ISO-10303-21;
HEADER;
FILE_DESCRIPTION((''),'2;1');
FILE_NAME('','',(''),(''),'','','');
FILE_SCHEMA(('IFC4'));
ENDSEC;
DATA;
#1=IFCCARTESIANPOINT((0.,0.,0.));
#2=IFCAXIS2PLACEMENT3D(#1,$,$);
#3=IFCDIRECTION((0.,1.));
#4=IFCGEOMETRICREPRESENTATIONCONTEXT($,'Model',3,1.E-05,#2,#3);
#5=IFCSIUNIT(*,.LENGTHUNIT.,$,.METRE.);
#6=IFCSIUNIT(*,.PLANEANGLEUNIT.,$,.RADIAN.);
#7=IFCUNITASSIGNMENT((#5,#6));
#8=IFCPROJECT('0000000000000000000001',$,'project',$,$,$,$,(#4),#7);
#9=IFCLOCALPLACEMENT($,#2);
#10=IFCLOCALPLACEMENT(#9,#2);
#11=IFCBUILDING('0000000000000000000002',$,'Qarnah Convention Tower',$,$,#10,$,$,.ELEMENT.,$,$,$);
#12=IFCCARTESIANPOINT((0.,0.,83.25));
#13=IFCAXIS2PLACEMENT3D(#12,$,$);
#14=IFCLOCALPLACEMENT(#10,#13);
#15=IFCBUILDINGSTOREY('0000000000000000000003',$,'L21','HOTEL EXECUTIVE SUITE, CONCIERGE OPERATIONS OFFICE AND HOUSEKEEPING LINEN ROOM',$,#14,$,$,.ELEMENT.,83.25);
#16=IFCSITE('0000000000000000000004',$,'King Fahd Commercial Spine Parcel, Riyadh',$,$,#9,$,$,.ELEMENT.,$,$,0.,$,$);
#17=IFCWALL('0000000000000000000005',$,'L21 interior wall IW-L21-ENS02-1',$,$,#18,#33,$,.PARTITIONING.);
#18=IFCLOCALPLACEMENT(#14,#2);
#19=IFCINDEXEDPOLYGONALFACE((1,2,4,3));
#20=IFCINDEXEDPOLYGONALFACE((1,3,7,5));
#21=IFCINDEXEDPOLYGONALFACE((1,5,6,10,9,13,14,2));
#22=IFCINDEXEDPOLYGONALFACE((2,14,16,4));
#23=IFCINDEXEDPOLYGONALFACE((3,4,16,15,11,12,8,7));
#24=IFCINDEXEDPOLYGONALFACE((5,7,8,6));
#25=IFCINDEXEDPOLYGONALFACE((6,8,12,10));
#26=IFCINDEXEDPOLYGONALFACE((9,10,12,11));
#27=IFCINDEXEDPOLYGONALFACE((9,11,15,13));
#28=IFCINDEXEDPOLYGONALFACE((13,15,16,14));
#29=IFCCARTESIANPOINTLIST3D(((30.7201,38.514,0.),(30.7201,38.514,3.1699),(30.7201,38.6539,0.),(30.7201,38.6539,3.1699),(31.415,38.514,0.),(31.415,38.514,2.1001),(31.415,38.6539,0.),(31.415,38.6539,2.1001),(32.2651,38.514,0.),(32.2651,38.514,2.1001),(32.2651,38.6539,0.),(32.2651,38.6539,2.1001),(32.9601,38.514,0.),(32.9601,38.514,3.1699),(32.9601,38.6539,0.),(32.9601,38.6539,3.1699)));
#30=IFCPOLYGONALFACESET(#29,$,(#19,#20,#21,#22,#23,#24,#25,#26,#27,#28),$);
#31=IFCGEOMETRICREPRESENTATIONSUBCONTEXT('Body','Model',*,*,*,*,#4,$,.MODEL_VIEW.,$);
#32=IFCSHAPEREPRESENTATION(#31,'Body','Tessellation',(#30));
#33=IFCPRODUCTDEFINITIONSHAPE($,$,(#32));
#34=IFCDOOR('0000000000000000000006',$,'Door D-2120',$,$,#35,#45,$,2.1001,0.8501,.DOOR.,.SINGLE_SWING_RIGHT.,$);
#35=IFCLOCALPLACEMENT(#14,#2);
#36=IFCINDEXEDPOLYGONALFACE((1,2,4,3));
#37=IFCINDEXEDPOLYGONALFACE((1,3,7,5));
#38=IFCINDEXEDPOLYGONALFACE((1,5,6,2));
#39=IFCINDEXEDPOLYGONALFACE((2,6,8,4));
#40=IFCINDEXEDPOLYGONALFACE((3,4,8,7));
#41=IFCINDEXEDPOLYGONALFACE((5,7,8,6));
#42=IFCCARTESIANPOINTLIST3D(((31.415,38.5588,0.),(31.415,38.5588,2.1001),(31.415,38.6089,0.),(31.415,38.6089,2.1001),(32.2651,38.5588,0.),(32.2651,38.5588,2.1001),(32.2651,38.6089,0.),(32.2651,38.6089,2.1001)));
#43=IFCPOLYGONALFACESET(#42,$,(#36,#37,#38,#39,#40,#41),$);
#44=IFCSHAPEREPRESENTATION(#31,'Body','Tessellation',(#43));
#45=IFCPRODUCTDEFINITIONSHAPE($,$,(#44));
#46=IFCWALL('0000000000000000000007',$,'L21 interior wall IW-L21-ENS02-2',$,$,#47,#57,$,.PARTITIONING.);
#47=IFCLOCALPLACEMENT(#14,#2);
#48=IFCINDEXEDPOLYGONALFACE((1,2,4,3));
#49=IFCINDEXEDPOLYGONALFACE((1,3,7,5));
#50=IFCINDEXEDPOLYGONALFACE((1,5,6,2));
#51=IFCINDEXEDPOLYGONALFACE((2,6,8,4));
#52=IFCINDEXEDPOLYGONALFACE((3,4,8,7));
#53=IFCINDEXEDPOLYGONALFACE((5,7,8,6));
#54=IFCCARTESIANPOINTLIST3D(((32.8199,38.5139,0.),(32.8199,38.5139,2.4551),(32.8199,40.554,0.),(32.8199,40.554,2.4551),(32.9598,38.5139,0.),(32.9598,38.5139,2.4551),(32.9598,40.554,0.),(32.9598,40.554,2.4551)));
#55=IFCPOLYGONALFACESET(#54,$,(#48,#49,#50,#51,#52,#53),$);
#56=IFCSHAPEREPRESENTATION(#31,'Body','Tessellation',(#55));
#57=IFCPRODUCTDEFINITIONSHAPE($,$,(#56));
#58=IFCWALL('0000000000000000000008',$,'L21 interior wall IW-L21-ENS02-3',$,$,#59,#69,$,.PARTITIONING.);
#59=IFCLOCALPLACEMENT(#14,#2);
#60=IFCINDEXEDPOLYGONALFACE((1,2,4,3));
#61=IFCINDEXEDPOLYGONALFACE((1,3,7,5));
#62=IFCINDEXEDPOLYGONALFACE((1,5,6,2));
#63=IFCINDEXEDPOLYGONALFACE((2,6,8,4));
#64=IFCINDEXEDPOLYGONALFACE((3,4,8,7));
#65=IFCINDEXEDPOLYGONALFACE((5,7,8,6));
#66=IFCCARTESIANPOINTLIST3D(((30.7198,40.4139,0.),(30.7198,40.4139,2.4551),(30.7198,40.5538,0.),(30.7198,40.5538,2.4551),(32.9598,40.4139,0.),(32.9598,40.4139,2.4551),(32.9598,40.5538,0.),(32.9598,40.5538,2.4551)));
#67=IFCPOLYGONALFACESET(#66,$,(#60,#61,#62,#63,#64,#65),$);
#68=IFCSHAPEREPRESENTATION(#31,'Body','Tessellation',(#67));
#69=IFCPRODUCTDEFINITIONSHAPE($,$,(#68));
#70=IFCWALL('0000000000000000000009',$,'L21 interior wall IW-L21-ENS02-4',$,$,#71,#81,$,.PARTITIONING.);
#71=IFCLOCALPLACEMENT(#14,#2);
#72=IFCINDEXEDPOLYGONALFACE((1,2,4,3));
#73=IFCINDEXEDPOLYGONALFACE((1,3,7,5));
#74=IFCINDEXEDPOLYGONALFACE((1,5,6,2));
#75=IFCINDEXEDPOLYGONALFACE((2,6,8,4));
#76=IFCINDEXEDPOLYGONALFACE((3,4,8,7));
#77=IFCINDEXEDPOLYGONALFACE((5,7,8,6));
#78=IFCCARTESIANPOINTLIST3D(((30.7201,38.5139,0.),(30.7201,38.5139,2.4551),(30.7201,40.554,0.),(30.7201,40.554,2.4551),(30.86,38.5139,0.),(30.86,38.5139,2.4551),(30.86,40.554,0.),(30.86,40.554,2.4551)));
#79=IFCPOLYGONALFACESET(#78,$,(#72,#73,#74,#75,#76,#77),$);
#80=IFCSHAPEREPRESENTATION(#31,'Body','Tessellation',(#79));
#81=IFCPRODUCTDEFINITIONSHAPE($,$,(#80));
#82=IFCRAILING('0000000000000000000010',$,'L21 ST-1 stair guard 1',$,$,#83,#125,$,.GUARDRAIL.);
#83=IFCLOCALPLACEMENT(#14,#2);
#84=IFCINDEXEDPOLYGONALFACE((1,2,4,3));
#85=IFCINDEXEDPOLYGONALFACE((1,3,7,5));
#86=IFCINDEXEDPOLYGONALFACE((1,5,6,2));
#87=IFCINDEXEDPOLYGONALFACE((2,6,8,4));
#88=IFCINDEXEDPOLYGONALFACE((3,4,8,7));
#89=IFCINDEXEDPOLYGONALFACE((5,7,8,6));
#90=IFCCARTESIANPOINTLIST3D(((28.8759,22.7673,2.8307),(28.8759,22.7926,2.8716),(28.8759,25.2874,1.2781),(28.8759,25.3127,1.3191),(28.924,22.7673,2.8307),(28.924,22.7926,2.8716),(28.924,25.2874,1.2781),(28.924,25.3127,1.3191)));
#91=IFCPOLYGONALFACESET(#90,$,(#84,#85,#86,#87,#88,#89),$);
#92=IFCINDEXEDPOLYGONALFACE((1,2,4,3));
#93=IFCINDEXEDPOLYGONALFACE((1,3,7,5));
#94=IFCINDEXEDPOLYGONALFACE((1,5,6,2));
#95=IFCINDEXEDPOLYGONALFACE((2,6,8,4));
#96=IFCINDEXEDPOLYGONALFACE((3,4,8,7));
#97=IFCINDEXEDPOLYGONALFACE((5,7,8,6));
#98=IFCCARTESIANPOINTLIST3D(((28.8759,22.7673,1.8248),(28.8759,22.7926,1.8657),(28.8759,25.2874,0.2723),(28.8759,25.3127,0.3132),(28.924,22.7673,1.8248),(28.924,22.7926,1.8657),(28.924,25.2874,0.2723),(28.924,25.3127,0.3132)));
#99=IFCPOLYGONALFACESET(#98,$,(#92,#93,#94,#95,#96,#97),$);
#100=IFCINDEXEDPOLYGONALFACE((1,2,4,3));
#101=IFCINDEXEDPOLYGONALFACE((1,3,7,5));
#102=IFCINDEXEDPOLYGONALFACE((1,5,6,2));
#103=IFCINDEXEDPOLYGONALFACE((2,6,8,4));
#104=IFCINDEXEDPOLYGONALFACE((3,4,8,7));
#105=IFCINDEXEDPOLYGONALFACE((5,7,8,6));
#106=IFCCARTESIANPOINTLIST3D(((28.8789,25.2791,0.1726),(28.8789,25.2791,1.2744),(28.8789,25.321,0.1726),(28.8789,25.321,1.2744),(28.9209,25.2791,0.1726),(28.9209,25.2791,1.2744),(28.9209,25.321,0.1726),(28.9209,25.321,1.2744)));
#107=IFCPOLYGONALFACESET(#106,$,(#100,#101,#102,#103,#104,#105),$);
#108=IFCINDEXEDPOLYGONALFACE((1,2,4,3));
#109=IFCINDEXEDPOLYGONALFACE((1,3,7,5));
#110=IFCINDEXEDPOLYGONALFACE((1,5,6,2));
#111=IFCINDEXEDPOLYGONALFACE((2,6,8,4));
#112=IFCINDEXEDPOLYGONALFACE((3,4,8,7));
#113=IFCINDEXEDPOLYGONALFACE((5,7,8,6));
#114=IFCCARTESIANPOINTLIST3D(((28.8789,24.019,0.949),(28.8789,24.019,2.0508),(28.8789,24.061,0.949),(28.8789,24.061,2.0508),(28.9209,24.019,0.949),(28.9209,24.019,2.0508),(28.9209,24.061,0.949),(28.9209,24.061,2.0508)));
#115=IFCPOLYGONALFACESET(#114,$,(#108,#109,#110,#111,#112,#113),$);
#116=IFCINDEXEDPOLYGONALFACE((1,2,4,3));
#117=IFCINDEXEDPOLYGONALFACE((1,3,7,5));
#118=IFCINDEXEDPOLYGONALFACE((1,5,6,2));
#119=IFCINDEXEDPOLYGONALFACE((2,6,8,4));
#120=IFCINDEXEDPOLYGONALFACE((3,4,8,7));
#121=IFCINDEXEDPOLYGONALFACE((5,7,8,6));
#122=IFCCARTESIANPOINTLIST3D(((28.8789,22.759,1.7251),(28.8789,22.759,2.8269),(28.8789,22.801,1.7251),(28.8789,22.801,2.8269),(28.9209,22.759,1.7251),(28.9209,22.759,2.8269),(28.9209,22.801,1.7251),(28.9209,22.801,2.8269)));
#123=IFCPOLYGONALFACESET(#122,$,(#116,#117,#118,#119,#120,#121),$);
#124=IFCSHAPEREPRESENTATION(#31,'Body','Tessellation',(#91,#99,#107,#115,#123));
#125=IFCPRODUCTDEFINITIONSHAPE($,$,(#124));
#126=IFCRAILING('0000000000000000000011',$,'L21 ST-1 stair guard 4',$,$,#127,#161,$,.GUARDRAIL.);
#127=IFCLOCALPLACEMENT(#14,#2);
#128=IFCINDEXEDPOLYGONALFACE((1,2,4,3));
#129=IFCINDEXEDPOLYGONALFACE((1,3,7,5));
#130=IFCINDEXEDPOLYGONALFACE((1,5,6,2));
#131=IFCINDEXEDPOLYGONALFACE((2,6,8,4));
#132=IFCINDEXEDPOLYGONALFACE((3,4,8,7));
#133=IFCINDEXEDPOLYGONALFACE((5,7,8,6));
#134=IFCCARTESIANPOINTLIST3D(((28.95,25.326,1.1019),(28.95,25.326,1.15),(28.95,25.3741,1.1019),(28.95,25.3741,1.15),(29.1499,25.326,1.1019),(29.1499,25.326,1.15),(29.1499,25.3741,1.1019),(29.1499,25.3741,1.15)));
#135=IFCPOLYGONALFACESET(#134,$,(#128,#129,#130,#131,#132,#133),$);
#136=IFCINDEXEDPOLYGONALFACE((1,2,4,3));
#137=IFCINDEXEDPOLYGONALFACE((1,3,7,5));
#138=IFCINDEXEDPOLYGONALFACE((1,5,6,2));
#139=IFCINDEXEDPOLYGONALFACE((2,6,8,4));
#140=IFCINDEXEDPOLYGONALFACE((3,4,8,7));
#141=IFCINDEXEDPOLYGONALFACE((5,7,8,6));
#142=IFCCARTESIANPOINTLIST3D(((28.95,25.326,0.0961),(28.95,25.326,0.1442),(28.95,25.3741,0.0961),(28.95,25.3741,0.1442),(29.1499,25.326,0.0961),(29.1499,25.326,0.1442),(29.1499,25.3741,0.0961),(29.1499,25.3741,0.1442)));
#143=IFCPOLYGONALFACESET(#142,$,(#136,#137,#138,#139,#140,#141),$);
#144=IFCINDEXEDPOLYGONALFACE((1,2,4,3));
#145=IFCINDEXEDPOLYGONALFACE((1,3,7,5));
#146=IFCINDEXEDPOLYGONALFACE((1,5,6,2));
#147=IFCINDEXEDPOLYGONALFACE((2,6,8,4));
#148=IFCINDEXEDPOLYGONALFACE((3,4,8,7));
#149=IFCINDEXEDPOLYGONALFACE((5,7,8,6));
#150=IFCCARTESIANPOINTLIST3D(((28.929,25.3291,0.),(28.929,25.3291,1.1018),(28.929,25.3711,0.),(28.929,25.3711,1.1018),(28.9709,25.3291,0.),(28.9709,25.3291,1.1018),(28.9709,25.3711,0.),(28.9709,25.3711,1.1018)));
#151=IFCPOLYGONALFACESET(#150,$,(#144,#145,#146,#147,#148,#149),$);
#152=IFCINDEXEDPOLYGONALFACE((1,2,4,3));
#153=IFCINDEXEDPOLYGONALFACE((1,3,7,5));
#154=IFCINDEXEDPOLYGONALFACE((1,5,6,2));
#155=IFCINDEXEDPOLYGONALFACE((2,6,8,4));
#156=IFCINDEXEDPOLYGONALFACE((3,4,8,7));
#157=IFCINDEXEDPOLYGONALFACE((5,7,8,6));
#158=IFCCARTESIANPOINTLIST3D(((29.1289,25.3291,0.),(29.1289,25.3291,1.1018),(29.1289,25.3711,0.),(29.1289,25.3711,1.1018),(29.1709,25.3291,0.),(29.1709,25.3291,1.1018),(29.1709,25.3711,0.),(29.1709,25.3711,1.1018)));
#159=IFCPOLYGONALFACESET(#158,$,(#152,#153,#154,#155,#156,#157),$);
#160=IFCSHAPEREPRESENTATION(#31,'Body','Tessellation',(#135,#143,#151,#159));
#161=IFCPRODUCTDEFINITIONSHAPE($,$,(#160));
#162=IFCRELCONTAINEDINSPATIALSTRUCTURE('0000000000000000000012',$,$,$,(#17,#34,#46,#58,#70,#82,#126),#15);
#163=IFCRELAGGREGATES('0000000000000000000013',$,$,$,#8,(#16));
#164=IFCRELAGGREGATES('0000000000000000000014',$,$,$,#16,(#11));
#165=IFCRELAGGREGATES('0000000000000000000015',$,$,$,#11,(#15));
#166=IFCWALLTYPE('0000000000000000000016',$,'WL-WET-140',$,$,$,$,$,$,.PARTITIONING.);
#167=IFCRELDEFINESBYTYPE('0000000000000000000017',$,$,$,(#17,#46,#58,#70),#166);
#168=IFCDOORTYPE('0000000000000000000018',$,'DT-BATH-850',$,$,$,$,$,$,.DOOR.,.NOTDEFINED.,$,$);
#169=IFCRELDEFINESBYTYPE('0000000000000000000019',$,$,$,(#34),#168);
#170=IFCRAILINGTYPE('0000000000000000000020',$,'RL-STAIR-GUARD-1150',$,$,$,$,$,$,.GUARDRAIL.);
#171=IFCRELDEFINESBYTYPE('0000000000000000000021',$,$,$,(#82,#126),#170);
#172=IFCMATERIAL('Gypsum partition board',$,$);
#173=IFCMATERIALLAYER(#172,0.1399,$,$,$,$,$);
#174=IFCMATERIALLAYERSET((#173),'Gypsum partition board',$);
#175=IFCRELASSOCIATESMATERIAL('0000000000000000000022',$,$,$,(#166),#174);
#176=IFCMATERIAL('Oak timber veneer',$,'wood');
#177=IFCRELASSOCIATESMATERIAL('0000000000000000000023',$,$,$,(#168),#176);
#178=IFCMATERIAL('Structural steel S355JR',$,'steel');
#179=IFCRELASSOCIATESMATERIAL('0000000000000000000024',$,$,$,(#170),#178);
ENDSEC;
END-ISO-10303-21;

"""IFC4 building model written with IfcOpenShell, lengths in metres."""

from ifc_helpers import new_model, si_unit, direction, frame, frame_2d, origin, origin_2d, place, context, subcontext, project, spatial, rectangle, extrude, material, layer, layer_set, type_object, element, fill, save


model = new_model("IFC4")

# Units and contexts
model_context = context("Model", 3, precision=1e-05, world=origin(), true_north=direction((0.0, 1.0)))
body_context = subcontext(model_context, "Body", "Model", "MODEL_VIEW")
ifc_project = project(units=[si_unit("LENGTHUNIT", "METRE"), si_unit("PLANEANGLEUNIT", "RADIAN")], contexts=[model_context])

# Site, building, storey
site_placement = place(None, origin())
site = spatial("IfcSite", under=ifc_project, at=site_placement, Name="King Fahd Commercial Spine Parcel, Riyadh", CompositionType="ELEMENT", RefElevation=0.0)
building_placement = place(site_placement, origin())
building = spatial("IfcBuilding", under=site, at=building_placement, Name="Qarnah Convention Tower", CompositionType="ELEMENT")
storey_placement = place(building_placement, frame((0.0, 0.0, 83.25)))
storey = spatial("IfcBuildingStorey", under=building, at=storey_placement, Name="L21", Description="HOTEL EXECUTIVE SUITE, CONCIERGE OPERATIONS OFFICE AND HOUSEKEEPING LINEN ROOM", CompositionType="ELEMENT", Elevation=83.25)

# Shared definitions
ifc_material_1 = material(Name="Structural steel S355JR", Category="steel")

# Shared definitions
ifc_material_2 = material(Name="Gypsum partition board")

# Wall, opening, door
ifc_material_3 = material(Name="Oak timber veneer", Category="wood")
ifc_layer_1 = layer(ifc_material_2, 0.1399)
ifc_layer_set_1 = layer_set([ifc_layer_1], Name="Gypsum partition board")
wall_type_1 = type_object("IfcWallType", Name="WL-WET-140", PredefinedType="PARTITIONING", material=ifc_layer_set_1)
wall_1_placement = place(storey_placement, frame((30.72, 38.584, 0.0), z_axis=(0.0, 0.0, 1.0), x_axis=(1.0, 0.0, 0.0)))
wall_1 = element("IfcWall", 1, at=wall_1_placement, inside=storey, type_object=wall_type_1, Name="L21 interior wall IW-L21-ENS02-1", PredefinedType="PARTITIONING", context=body_context, shape_type="SweptSolid", body=[
    extrude(rectangle(XDim=2.24, YDim=0.1399, at=frame_2d((1.1201, 0.0))), origin(), (0.0, 0.0, 1.0), 3.1699),
])
opening_1_placement = place(wall_1_placement, frame((0.6951, 0.0, 0.0)))
opening_1 = element("IfcOpeningElement", 2, at=opening_1_placement, cuts=wall_1, PredefinedType="OPENING", context=body_context, shape_type="SweptSolid", body=[
    extrude(rectangle(XDim=0.8501, YDim=2.1001, at=frame_2d((0.425, 1.05))), frame((0.0, 0.0798, 0.0), z_axis=(0.0, -1.0, 0.0), x_axis=(1.0, 0.0, 0.0)), (0.0, 0.0, 1.0), 0.1599),
])
door_type_1 = type_object("IfcDoorType", Name="DT-BATH-850", OperationType="NOTDEFINED", PredefinedType="DOOR", material=ifc_material_3)
door_1_placement = place(opening_1_placement, origin())
door_1 = element("IfcDoor", 3, at=door_1_placement, inside=storey, type_object=door_type_1, Name="Door D-2120", OperationType="SINGLE_SWING_RIGHT", OverallHeight=2.1001, OverallWidth=0.8501, PredefinedType="DOOR", context=body_context, shape_type="SweptSolid", body=[
    extrude(rectangle(XDim=0.8501, YDim=2.1001, at=frame_2d((0.425, 1.05))), frame((0.0, 0.0249, 0.0), z_axis=(0.0, -1.0, 0.0), x_axis=(1.0, 0.0, 0.0)), (0.0, 0.0, 1.0), 0.05),
])
fill(opening_1, door_1)

# Walls
wall_2_placement = place(storey_placement, frame((32.8899, 38.5139, 0.0), z_axis=(0.0, 0.0, 1.0), x_axis=(0.0, 1.0, 0.0)))
element("IfcWall", 4, at=wall_2_placement, inside=storey, type_object=wall_type_1, Name="L21 interior wall IW-L21-ENS02-2", PredefinedType="PARTITIONING", context=body_context, shape_type="SweptSolid", body=[
    extrude(rectangle(XDim=2.04, YDim=0.1399, at=frame_2d((1.02, 0.0))), origin(), (0.0, 0.0, 1.0), 2.4551),
])
wall_3_placement = place(storey_placement, frame((32.96, 40.4839, 0.0), z_axis=(0.0, 0.0, 1.0), x_axis=(-1.0, 0.0, 0.0)))
element("IfcWall", 5, at=wall_3_placement, inside=storey, type_object=wall_type_1, Name="L21 interior wall IW-L21-ENS02-3", PredefinedType="PARTITIONING", context=body_context, shape_type="SweptSolid", body=[
    extrude(rectangle(XDim=2.24, YDim=0.1399, at=frame_2d((1.1201, 0.0))), origin(), (0.0, 0.0, 1.0), 2.4551),
])
wall_4_placement = place(storey_placement, frame((30.79, 40.554, 0.0), z_axis=(0.0, 0.0, 1.0), x_axis=(0.0, -1.0, 0.0)))
element("IfcWall", 6, at=wall_4_placement, inside=storey, type_object=wall_type_1, Name="L21 interior wall IW-L21-ENS02-4", PredefinedType="PARTITIONING", context=body_context, shape_type="SweptSolid", body=[
    extrude(rectangle(XDim=2.04, YDim=0.1399, at=frame_2d((1.02, 0.0))), origin(), (0.0, 0.0, 1.0), 2.4551),
])

# Railings
railing_type = type_object("IfcRailingType", Name="RL-STAIR-GUARD-1150", PredefinedType="GUARDRAIL", material=ifc_material_1)
railing_1_placement = place(storey_placement, frame((28.8999, 25.3, 0.1726)))
element("IfcRailing", 7, at=railing_1_placement, inside=storey, type_object=railing_type, Name="L21 ST-1 stair guard 1", PredefinedType="GUARDRAIL", context=body_context, shape_type="SweptSolid", body=[
    extrude(rectangle(XDim=0.0481, YDim=0.0481, at=origin_2d()), frame((0.0, 0.0, 1.126), z_axis=(0.0, -0.8514, 0.524516), x_axis=(1.0, 0.0, 0.0)), (0.0, 0.0, 1.0), 2.96),
    extrude(rectangle(XDim=0.0481, YDim=0.0481, at=origin_2d()), frame((0.0, 0.0, 0.1201), z_axis=(0.0, -0.8514, 0.524516), x_axis=(1.0, 0.0, 0.0)), (0.0, 0.0, 1.0), 2.96),
    extrude(rectangle(XDim=0.042, YDim=0.042, at=origin_2d()), origin(), (0.0, 0.0, 1.0), 1.1018),
    extrude(rectangle(XDim=0.042, YDim=0.042, at=origin_2d()), frame((0.0, -1.26, 0.7764)), (0.0, 0.0, 1.0), 1.1018),
    extrude(rectangle(XDim=0.042, YDim=0.042, at=origin_2d()), frame((0.0, -2.52, 1.5525)), (0.0, 0.0, 1.0), 1.1018),
])
railing_2_placement = place(storey_placement, frame((28.95, 25.3501, 0.0)))
element("IfcRailing", 8, at=railing_2_placement, inside=storey, type_object=railing_type, Name="L21 ST-1 stair guard 4", PredefinedType="GUARDRAIL", context=body_context, shape_type="SweptSolid", body=[
    extrude(rectangle(XDim=0.0481, YDim=0.0481, at=origin_2d()), frame((0.0, 0.0, 1.126), z_axis=(1.0, 0.0, 0.0), x_axis=(0.0, 1.0, 0.0)), (0.0, 0.0, 1.0), 0.2),
    extrude(rectangle(XDim=0.0481, YDim=0.0481, at=origin_2d()), frame((0.0, 0.0, 0.1201), z_axis=(1.0, 0.0, 0.0), x_axis=(0.0, 1.0, 0.0)), (0.0, 0.0, 1.0), 0.2),
    extrude(rectangle(XDim=0.042, YDim=0.042, at=origin_2d()), origin(), (0.0, 0.0, 1.0), 1.1018),
    extrude(rectangle(XDim=0.042, YDim=0.042, at=origin_2d()), frame((0.2, 0.0, 0.0)), (0.0, 0.0, 1.0), 1.1018),
])

save(model, "model.ifc")
